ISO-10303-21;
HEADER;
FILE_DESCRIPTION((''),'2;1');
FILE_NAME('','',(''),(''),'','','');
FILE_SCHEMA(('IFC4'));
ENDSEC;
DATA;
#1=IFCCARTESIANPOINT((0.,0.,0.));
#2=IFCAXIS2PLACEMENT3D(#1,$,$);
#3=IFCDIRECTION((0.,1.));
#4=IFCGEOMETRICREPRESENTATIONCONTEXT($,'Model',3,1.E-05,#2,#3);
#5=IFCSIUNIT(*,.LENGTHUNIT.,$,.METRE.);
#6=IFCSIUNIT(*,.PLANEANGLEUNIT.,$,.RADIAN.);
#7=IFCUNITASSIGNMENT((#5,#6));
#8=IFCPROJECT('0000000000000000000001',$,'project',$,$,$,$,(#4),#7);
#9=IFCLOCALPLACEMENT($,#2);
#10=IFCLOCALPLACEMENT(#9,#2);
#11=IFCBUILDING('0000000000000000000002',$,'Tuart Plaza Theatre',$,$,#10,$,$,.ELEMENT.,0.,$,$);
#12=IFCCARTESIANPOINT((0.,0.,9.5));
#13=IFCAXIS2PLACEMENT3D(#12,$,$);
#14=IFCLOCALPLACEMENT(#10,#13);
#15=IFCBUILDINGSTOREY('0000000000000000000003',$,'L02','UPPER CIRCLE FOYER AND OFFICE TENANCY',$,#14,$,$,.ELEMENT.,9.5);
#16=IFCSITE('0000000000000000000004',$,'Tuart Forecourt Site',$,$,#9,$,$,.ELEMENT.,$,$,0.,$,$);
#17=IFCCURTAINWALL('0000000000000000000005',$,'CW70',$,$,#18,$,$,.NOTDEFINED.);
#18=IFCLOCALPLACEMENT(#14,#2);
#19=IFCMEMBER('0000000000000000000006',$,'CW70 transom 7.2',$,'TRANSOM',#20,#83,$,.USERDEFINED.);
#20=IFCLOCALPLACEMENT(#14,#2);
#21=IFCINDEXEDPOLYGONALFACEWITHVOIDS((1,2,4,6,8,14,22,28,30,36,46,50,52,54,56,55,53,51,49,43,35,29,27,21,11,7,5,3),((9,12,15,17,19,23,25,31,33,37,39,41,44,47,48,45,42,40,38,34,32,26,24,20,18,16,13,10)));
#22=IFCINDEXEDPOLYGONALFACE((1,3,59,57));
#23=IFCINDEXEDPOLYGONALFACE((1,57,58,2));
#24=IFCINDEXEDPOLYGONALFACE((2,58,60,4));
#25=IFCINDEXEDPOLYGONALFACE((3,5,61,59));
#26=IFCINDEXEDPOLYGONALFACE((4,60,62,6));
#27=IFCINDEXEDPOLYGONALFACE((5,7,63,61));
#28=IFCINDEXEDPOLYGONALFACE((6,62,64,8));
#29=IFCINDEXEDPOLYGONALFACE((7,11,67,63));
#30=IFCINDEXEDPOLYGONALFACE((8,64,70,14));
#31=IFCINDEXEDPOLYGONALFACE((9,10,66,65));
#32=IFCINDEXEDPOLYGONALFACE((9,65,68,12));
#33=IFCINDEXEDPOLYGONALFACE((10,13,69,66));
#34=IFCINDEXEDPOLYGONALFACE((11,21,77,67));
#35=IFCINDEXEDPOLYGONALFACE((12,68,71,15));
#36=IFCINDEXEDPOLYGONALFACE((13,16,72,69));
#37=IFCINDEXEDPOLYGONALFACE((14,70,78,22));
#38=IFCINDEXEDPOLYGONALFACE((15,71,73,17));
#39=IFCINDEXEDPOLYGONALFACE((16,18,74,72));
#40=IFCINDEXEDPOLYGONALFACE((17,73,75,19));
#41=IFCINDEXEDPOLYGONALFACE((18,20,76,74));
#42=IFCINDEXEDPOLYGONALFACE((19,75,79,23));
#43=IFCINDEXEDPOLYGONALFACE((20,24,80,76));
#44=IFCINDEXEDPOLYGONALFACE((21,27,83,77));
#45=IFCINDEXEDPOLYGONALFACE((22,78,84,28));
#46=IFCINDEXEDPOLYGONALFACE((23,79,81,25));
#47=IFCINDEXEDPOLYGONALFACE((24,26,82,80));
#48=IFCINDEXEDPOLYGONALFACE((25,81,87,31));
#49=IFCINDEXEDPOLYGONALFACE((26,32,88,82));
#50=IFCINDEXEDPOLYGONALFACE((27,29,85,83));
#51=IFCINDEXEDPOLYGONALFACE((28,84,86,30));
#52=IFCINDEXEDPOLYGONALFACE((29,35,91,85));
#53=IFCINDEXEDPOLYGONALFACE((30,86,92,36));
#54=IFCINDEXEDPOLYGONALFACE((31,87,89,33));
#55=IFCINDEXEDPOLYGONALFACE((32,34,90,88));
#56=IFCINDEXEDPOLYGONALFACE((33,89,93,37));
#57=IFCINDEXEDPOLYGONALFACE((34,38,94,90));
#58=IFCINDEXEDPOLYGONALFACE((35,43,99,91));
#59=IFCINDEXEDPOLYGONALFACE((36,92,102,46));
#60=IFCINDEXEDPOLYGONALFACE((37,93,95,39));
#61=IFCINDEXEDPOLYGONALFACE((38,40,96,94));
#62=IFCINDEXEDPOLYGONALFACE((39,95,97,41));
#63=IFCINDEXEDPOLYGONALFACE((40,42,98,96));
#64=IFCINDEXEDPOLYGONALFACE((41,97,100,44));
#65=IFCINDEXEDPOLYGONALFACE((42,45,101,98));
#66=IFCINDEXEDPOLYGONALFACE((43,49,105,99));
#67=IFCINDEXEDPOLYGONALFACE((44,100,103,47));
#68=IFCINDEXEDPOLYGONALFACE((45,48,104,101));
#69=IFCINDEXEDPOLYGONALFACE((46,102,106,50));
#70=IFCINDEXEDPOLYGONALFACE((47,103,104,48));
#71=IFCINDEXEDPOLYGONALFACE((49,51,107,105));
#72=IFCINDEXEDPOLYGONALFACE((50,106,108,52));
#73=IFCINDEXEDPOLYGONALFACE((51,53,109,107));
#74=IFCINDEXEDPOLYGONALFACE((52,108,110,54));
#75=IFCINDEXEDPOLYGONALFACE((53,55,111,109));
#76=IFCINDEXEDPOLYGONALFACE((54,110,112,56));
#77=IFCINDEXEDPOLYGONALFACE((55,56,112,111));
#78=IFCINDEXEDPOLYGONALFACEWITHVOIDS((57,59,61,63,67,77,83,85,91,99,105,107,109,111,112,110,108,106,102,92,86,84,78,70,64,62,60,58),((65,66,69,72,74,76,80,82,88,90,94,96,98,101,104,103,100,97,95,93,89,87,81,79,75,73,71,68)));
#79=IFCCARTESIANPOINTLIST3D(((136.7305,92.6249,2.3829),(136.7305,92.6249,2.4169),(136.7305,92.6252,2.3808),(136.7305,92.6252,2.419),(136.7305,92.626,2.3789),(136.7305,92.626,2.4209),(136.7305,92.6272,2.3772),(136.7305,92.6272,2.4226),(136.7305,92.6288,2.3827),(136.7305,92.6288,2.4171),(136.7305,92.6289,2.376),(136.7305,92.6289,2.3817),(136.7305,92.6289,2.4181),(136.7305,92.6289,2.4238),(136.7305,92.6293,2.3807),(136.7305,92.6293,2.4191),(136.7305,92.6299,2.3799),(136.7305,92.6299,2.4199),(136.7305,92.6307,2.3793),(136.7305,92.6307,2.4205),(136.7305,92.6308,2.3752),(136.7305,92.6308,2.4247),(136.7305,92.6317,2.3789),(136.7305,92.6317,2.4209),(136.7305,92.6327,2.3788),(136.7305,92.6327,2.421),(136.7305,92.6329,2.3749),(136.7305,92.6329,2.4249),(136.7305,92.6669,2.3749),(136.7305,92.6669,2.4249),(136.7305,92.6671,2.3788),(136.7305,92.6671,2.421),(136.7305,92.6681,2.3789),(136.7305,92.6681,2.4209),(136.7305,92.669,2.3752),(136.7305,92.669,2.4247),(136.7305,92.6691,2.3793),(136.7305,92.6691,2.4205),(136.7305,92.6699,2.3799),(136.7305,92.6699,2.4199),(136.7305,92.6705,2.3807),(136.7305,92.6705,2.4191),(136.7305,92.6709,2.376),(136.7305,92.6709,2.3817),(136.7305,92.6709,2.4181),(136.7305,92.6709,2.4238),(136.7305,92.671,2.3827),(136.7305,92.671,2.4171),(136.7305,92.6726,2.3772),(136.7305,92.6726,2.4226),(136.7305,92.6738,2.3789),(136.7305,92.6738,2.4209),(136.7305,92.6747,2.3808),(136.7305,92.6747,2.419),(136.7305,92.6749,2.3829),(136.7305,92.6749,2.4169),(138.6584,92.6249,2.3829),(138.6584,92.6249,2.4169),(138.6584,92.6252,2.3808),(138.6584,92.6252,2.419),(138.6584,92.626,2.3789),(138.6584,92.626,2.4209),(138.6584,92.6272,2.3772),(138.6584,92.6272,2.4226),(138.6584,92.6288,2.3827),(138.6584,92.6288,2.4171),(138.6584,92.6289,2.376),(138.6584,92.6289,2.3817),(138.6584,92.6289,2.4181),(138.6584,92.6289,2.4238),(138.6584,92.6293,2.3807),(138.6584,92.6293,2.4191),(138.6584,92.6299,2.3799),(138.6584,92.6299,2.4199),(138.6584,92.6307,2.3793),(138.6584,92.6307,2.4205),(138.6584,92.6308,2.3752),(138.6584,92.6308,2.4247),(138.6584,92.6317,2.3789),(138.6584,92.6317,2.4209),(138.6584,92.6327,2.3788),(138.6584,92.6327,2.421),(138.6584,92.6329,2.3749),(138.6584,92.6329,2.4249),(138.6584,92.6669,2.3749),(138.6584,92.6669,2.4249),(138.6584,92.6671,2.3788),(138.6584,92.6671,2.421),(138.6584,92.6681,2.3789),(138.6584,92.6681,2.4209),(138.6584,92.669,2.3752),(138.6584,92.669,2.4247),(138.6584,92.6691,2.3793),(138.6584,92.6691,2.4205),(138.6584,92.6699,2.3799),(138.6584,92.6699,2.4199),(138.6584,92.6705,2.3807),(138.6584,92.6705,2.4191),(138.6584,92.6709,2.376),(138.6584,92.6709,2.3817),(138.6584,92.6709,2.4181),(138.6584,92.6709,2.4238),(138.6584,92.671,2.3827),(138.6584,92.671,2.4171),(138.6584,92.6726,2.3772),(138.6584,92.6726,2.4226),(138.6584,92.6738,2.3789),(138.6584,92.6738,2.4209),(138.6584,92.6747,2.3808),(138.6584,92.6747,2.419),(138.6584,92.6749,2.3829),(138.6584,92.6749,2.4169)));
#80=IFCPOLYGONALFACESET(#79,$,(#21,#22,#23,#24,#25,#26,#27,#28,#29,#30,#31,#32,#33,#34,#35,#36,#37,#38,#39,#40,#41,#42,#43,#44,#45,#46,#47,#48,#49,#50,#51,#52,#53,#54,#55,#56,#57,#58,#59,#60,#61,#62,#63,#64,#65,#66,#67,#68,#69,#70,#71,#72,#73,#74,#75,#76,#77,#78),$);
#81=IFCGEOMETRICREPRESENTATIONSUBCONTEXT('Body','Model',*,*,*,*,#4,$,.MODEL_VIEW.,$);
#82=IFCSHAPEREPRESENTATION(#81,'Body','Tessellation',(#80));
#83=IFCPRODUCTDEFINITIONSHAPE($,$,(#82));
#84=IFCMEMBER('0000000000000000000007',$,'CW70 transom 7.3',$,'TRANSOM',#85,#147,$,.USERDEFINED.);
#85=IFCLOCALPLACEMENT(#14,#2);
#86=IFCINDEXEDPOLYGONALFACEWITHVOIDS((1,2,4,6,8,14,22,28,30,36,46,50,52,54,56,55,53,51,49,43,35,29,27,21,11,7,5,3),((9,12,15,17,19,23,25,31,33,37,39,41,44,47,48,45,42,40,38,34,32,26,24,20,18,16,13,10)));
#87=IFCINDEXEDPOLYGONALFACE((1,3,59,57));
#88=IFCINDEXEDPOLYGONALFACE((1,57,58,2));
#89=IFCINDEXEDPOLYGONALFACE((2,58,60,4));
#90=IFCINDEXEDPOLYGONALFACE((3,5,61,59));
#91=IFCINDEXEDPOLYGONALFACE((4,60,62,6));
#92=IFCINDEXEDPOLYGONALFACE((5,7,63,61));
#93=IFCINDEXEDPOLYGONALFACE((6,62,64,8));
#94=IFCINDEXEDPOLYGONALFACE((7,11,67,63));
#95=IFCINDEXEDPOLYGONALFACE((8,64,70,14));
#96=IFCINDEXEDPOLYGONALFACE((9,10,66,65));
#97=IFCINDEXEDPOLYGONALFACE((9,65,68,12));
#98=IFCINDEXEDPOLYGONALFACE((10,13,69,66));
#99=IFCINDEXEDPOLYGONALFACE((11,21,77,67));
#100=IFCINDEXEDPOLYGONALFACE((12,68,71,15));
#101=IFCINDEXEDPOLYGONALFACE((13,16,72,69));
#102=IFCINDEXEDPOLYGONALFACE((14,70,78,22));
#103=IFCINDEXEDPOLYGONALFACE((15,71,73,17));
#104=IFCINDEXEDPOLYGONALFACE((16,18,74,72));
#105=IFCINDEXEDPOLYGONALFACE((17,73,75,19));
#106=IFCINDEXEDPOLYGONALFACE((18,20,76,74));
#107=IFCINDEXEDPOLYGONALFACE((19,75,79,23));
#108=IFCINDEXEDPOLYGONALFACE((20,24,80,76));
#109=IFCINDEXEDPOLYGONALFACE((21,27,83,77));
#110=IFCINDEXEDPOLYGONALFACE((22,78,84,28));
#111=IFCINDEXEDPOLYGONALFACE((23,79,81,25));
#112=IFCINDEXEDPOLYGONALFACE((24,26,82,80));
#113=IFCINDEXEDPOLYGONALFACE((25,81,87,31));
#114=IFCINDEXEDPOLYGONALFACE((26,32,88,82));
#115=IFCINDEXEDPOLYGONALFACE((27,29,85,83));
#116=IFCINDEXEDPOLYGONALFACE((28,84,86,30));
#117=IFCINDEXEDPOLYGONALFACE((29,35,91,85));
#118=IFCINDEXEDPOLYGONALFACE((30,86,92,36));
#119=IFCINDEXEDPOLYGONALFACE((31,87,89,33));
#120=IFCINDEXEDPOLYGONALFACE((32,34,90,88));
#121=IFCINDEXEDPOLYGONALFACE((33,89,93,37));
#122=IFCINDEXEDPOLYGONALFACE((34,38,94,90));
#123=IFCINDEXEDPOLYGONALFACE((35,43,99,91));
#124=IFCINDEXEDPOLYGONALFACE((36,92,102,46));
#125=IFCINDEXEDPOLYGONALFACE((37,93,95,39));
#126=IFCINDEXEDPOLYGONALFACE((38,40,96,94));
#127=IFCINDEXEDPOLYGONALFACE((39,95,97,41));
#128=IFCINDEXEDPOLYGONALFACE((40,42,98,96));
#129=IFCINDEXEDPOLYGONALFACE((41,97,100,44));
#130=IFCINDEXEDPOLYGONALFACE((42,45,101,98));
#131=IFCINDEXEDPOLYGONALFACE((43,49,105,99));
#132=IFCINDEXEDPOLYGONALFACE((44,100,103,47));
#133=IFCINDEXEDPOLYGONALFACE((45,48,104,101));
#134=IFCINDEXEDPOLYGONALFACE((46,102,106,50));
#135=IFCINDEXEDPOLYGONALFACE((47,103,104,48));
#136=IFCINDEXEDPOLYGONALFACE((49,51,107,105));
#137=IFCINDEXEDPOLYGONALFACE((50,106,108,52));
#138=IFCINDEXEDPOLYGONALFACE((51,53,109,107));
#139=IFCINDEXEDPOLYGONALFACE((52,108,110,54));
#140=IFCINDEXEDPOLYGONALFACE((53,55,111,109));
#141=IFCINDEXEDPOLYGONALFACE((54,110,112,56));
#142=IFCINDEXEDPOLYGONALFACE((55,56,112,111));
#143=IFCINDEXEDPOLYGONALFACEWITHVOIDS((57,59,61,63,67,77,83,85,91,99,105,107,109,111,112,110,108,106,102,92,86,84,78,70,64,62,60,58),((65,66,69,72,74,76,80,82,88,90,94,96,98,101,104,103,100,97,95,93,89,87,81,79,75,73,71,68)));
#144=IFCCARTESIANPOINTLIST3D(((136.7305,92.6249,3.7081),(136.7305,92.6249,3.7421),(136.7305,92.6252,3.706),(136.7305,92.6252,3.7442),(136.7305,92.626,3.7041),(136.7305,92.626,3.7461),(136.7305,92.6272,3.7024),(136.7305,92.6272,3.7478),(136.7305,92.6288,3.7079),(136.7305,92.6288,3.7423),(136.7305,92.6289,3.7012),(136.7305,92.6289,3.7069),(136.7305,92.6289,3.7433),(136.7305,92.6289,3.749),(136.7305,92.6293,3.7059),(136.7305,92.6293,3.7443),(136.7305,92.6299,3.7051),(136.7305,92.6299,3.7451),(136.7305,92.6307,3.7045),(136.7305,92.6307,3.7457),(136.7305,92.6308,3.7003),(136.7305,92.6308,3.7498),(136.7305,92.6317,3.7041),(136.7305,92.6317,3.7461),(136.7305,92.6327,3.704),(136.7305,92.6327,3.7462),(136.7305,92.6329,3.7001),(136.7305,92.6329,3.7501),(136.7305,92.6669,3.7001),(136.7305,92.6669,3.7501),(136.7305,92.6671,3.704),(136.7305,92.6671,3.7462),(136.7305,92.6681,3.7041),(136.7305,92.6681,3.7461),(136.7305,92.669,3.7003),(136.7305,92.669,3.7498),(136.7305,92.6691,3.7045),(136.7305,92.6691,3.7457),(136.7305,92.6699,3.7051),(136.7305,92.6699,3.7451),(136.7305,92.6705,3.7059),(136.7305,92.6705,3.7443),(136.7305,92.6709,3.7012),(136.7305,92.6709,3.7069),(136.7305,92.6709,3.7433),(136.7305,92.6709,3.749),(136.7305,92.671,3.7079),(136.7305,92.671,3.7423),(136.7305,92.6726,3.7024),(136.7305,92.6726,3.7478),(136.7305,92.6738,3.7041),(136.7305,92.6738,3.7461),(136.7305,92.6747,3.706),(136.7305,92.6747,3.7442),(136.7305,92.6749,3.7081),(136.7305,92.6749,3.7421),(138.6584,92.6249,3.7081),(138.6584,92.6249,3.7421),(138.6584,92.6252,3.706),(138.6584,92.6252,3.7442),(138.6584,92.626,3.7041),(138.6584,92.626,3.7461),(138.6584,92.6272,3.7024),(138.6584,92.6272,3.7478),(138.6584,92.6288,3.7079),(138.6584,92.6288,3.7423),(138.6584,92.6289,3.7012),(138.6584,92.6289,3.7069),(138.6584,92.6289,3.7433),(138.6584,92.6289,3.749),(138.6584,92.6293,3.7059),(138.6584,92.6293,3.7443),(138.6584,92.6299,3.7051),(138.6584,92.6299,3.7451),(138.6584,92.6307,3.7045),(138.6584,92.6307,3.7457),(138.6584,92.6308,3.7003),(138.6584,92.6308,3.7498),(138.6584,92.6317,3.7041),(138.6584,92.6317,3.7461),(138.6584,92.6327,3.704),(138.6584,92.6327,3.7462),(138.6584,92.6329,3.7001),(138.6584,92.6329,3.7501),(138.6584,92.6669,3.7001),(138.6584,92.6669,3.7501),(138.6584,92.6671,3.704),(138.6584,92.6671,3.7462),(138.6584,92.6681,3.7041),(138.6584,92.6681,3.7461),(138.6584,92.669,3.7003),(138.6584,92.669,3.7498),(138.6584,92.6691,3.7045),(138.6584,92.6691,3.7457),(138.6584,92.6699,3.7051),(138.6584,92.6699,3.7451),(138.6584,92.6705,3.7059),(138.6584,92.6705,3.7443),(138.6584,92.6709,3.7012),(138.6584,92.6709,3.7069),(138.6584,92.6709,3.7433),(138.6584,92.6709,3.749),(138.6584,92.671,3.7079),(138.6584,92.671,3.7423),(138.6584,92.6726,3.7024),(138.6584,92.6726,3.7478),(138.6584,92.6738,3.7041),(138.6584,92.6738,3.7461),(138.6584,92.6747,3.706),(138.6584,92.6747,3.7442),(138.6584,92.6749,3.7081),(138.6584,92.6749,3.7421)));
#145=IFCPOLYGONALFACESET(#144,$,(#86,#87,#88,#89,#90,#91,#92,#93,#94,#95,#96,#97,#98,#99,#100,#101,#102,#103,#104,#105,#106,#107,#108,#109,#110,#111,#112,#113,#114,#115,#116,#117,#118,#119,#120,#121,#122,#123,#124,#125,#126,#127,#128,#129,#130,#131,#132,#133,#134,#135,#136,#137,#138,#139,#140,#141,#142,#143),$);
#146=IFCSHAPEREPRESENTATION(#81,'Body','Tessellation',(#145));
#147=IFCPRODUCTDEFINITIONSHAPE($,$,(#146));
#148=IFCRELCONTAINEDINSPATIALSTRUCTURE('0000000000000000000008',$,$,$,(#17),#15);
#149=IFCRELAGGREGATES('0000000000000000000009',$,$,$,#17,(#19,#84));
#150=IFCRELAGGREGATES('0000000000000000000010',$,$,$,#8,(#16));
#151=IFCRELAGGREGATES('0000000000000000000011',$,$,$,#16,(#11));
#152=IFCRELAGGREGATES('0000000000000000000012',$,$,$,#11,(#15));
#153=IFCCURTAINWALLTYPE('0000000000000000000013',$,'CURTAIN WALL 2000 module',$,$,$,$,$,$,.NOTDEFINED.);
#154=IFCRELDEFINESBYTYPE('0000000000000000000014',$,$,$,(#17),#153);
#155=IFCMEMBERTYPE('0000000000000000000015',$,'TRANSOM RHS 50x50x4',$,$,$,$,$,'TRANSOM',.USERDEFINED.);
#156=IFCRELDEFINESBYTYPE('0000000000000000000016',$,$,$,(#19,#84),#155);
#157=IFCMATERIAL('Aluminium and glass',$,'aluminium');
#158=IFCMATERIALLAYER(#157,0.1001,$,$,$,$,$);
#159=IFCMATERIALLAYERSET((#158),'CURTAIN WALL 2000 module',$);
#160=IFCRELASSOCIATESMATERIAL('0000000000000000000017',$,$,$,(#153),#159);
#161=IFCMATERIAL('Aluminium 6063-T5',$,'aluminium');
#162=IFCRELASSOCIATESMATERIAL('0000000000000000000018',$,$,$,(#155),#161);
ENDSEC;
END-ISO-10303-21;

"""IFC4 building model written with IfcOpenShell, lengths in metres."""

from ifc_helpers import new_model, si_unit, direction, frame, origin, origin_2d, place, context, subcontext, project, spatial, hollow_rectangle, extrude, material, layer, layer_set, material_profile, profile_set, type_object, element, aggregate, save


model = new_model("IFC4")

# Units and contexts
model_context = context("Model", 3, precision=1e-05, world=origin(), true_north=direction((0.0, 1.0)))
body_context = subcontext(model_context, "Body", "Model", "MODEL_VIEW")
ifc_project = project(units=[si_unit("LENGTHUNIT", "METRE"), si_unit("PLANEANGLEUNIT", "RADIAN")], contexts=[model_context])

# Site, building, storey
site_placement = place(None, origin())
site = spatial("IfcSite", under=ifc_project, at=site_placement, Name="Tuart Forecourt Site", CompositionType="ELEMENT", RefElevation=0.0)
building_placement = place(site_placement, origin())
building = spatial("IfcBuilding", under=site, at=building_placement, Name="Tuart Plaza Theatre", CompositionType="ELEMENT", ElevationOfRefHeight=0.0)
storey_placement = place(building_placement, frame((0.0, 0.0, 9.5)))
storey = spatial("IfcBuildingStorey", under=building, at=storey_placement, Name="L02", Description="UPPER CIRCLE FOYER AND OFFICE TENANCY", CompositionType="ELEMENT", Elevation=9.5)

# Curtain wall
ifc_material_1 = material(Name="Aluminium and glass", Category="aluminium")
ifc_layer_1 = layer(ifc_material_1, 0.1001)
ifc_layer_set_1 = layer_set([ifc_layer_1], Name="CURTAIN WALL 2000 module")
curtain_wall_type = type_object("IfcCurtainWallType", Name="CURTAIN WALL 2000 module", PredefinedType="NOTDEFINED", material=ifc_layer_set_1)
curtain_wall_1_placement = place(storey_placement, origin())
curtain_wall_1 = element("IfcCurtainWall", 1, at=curtain_wall_1_placement, inside=storey, type_object=curtain_wall_type, Name="CW70", PredefinedType="NOTDEFINED")

# Members
ifc_material_2 = material(Name="Aluminium 6063-T5", Category="aluminium")
ifc_material_profile_1 = material_profile(ifc_material_2, hollow_rectangle(XDim=0.05, YDim=0.05, WallThickness=0.0039, InnerFilletRadius=0.0039, OuterFilletRadius=0.0081, at=origin_2d()), Name="RHS 50x50x4")
ifc_profile_set_1 = profile_set([ifc_material_profile_1], Name="Aluminium 6063-T5")
member_type_1 = type_object("IfcMemberType", Name="TRANSOM RHS 50x50x4", ElementType="TRANSOM", PredefinedType="USERDEFINED", material=ifc_profile_set_1)
member_1_placement = place(storey_placement, frame((138.6584, 92.6499, 2.3999), z_axis=(-1.0, 0.0, 0.0), x_axis=(0.0, -1.0, 0.0)))
member_1 = element("IfcMember", 2, at=member_1_placement, type_object=member_type_1, Name="CW70 transom 7.2", ObjectType="TRANSOM", PredefinedType="USERDEFINED", context=body_context, shape_type="SweptSolid", body=[
    extrude(hollow_rectangle(XDim=0.05, YDim=0.05, WallThickness=0.0039, InnerFilletRadius=0.0039, OuterFilletRadius=0.0081, at=origin_2d()), origin(), (0.0, 0.0, 1.0), 1.928),
])
member_2_placement = place(storey_placement, frame((138.6584, 92.6499, 3.7251), z_axis=(-1.0, 0.0, 0.0), x_axis=(0.0, -1.0, 0.0)))
member_2 = element("IfcMember", 3, at=member_2_placement, type_object=member_type_1, Name="CW70 transom 7.3", ObjectType="TRANSOM", PredefinedType="USERDEFINED", context=body_context, shape_type="SweptSolid", body=[
    extrude(hollow_rectangle(XDim=0.05, YDim=0.05, WallThickness=0.0039, InnerFilletRadius=0.0039, OuterFilletRadius=0.0081, at=origin_2d()), origin(), (0.0, 0.0, 1.0), 1.928),
])

aggregate(curtain_wall_1, [member_1, member_2])

save(model, "model.ifc")
